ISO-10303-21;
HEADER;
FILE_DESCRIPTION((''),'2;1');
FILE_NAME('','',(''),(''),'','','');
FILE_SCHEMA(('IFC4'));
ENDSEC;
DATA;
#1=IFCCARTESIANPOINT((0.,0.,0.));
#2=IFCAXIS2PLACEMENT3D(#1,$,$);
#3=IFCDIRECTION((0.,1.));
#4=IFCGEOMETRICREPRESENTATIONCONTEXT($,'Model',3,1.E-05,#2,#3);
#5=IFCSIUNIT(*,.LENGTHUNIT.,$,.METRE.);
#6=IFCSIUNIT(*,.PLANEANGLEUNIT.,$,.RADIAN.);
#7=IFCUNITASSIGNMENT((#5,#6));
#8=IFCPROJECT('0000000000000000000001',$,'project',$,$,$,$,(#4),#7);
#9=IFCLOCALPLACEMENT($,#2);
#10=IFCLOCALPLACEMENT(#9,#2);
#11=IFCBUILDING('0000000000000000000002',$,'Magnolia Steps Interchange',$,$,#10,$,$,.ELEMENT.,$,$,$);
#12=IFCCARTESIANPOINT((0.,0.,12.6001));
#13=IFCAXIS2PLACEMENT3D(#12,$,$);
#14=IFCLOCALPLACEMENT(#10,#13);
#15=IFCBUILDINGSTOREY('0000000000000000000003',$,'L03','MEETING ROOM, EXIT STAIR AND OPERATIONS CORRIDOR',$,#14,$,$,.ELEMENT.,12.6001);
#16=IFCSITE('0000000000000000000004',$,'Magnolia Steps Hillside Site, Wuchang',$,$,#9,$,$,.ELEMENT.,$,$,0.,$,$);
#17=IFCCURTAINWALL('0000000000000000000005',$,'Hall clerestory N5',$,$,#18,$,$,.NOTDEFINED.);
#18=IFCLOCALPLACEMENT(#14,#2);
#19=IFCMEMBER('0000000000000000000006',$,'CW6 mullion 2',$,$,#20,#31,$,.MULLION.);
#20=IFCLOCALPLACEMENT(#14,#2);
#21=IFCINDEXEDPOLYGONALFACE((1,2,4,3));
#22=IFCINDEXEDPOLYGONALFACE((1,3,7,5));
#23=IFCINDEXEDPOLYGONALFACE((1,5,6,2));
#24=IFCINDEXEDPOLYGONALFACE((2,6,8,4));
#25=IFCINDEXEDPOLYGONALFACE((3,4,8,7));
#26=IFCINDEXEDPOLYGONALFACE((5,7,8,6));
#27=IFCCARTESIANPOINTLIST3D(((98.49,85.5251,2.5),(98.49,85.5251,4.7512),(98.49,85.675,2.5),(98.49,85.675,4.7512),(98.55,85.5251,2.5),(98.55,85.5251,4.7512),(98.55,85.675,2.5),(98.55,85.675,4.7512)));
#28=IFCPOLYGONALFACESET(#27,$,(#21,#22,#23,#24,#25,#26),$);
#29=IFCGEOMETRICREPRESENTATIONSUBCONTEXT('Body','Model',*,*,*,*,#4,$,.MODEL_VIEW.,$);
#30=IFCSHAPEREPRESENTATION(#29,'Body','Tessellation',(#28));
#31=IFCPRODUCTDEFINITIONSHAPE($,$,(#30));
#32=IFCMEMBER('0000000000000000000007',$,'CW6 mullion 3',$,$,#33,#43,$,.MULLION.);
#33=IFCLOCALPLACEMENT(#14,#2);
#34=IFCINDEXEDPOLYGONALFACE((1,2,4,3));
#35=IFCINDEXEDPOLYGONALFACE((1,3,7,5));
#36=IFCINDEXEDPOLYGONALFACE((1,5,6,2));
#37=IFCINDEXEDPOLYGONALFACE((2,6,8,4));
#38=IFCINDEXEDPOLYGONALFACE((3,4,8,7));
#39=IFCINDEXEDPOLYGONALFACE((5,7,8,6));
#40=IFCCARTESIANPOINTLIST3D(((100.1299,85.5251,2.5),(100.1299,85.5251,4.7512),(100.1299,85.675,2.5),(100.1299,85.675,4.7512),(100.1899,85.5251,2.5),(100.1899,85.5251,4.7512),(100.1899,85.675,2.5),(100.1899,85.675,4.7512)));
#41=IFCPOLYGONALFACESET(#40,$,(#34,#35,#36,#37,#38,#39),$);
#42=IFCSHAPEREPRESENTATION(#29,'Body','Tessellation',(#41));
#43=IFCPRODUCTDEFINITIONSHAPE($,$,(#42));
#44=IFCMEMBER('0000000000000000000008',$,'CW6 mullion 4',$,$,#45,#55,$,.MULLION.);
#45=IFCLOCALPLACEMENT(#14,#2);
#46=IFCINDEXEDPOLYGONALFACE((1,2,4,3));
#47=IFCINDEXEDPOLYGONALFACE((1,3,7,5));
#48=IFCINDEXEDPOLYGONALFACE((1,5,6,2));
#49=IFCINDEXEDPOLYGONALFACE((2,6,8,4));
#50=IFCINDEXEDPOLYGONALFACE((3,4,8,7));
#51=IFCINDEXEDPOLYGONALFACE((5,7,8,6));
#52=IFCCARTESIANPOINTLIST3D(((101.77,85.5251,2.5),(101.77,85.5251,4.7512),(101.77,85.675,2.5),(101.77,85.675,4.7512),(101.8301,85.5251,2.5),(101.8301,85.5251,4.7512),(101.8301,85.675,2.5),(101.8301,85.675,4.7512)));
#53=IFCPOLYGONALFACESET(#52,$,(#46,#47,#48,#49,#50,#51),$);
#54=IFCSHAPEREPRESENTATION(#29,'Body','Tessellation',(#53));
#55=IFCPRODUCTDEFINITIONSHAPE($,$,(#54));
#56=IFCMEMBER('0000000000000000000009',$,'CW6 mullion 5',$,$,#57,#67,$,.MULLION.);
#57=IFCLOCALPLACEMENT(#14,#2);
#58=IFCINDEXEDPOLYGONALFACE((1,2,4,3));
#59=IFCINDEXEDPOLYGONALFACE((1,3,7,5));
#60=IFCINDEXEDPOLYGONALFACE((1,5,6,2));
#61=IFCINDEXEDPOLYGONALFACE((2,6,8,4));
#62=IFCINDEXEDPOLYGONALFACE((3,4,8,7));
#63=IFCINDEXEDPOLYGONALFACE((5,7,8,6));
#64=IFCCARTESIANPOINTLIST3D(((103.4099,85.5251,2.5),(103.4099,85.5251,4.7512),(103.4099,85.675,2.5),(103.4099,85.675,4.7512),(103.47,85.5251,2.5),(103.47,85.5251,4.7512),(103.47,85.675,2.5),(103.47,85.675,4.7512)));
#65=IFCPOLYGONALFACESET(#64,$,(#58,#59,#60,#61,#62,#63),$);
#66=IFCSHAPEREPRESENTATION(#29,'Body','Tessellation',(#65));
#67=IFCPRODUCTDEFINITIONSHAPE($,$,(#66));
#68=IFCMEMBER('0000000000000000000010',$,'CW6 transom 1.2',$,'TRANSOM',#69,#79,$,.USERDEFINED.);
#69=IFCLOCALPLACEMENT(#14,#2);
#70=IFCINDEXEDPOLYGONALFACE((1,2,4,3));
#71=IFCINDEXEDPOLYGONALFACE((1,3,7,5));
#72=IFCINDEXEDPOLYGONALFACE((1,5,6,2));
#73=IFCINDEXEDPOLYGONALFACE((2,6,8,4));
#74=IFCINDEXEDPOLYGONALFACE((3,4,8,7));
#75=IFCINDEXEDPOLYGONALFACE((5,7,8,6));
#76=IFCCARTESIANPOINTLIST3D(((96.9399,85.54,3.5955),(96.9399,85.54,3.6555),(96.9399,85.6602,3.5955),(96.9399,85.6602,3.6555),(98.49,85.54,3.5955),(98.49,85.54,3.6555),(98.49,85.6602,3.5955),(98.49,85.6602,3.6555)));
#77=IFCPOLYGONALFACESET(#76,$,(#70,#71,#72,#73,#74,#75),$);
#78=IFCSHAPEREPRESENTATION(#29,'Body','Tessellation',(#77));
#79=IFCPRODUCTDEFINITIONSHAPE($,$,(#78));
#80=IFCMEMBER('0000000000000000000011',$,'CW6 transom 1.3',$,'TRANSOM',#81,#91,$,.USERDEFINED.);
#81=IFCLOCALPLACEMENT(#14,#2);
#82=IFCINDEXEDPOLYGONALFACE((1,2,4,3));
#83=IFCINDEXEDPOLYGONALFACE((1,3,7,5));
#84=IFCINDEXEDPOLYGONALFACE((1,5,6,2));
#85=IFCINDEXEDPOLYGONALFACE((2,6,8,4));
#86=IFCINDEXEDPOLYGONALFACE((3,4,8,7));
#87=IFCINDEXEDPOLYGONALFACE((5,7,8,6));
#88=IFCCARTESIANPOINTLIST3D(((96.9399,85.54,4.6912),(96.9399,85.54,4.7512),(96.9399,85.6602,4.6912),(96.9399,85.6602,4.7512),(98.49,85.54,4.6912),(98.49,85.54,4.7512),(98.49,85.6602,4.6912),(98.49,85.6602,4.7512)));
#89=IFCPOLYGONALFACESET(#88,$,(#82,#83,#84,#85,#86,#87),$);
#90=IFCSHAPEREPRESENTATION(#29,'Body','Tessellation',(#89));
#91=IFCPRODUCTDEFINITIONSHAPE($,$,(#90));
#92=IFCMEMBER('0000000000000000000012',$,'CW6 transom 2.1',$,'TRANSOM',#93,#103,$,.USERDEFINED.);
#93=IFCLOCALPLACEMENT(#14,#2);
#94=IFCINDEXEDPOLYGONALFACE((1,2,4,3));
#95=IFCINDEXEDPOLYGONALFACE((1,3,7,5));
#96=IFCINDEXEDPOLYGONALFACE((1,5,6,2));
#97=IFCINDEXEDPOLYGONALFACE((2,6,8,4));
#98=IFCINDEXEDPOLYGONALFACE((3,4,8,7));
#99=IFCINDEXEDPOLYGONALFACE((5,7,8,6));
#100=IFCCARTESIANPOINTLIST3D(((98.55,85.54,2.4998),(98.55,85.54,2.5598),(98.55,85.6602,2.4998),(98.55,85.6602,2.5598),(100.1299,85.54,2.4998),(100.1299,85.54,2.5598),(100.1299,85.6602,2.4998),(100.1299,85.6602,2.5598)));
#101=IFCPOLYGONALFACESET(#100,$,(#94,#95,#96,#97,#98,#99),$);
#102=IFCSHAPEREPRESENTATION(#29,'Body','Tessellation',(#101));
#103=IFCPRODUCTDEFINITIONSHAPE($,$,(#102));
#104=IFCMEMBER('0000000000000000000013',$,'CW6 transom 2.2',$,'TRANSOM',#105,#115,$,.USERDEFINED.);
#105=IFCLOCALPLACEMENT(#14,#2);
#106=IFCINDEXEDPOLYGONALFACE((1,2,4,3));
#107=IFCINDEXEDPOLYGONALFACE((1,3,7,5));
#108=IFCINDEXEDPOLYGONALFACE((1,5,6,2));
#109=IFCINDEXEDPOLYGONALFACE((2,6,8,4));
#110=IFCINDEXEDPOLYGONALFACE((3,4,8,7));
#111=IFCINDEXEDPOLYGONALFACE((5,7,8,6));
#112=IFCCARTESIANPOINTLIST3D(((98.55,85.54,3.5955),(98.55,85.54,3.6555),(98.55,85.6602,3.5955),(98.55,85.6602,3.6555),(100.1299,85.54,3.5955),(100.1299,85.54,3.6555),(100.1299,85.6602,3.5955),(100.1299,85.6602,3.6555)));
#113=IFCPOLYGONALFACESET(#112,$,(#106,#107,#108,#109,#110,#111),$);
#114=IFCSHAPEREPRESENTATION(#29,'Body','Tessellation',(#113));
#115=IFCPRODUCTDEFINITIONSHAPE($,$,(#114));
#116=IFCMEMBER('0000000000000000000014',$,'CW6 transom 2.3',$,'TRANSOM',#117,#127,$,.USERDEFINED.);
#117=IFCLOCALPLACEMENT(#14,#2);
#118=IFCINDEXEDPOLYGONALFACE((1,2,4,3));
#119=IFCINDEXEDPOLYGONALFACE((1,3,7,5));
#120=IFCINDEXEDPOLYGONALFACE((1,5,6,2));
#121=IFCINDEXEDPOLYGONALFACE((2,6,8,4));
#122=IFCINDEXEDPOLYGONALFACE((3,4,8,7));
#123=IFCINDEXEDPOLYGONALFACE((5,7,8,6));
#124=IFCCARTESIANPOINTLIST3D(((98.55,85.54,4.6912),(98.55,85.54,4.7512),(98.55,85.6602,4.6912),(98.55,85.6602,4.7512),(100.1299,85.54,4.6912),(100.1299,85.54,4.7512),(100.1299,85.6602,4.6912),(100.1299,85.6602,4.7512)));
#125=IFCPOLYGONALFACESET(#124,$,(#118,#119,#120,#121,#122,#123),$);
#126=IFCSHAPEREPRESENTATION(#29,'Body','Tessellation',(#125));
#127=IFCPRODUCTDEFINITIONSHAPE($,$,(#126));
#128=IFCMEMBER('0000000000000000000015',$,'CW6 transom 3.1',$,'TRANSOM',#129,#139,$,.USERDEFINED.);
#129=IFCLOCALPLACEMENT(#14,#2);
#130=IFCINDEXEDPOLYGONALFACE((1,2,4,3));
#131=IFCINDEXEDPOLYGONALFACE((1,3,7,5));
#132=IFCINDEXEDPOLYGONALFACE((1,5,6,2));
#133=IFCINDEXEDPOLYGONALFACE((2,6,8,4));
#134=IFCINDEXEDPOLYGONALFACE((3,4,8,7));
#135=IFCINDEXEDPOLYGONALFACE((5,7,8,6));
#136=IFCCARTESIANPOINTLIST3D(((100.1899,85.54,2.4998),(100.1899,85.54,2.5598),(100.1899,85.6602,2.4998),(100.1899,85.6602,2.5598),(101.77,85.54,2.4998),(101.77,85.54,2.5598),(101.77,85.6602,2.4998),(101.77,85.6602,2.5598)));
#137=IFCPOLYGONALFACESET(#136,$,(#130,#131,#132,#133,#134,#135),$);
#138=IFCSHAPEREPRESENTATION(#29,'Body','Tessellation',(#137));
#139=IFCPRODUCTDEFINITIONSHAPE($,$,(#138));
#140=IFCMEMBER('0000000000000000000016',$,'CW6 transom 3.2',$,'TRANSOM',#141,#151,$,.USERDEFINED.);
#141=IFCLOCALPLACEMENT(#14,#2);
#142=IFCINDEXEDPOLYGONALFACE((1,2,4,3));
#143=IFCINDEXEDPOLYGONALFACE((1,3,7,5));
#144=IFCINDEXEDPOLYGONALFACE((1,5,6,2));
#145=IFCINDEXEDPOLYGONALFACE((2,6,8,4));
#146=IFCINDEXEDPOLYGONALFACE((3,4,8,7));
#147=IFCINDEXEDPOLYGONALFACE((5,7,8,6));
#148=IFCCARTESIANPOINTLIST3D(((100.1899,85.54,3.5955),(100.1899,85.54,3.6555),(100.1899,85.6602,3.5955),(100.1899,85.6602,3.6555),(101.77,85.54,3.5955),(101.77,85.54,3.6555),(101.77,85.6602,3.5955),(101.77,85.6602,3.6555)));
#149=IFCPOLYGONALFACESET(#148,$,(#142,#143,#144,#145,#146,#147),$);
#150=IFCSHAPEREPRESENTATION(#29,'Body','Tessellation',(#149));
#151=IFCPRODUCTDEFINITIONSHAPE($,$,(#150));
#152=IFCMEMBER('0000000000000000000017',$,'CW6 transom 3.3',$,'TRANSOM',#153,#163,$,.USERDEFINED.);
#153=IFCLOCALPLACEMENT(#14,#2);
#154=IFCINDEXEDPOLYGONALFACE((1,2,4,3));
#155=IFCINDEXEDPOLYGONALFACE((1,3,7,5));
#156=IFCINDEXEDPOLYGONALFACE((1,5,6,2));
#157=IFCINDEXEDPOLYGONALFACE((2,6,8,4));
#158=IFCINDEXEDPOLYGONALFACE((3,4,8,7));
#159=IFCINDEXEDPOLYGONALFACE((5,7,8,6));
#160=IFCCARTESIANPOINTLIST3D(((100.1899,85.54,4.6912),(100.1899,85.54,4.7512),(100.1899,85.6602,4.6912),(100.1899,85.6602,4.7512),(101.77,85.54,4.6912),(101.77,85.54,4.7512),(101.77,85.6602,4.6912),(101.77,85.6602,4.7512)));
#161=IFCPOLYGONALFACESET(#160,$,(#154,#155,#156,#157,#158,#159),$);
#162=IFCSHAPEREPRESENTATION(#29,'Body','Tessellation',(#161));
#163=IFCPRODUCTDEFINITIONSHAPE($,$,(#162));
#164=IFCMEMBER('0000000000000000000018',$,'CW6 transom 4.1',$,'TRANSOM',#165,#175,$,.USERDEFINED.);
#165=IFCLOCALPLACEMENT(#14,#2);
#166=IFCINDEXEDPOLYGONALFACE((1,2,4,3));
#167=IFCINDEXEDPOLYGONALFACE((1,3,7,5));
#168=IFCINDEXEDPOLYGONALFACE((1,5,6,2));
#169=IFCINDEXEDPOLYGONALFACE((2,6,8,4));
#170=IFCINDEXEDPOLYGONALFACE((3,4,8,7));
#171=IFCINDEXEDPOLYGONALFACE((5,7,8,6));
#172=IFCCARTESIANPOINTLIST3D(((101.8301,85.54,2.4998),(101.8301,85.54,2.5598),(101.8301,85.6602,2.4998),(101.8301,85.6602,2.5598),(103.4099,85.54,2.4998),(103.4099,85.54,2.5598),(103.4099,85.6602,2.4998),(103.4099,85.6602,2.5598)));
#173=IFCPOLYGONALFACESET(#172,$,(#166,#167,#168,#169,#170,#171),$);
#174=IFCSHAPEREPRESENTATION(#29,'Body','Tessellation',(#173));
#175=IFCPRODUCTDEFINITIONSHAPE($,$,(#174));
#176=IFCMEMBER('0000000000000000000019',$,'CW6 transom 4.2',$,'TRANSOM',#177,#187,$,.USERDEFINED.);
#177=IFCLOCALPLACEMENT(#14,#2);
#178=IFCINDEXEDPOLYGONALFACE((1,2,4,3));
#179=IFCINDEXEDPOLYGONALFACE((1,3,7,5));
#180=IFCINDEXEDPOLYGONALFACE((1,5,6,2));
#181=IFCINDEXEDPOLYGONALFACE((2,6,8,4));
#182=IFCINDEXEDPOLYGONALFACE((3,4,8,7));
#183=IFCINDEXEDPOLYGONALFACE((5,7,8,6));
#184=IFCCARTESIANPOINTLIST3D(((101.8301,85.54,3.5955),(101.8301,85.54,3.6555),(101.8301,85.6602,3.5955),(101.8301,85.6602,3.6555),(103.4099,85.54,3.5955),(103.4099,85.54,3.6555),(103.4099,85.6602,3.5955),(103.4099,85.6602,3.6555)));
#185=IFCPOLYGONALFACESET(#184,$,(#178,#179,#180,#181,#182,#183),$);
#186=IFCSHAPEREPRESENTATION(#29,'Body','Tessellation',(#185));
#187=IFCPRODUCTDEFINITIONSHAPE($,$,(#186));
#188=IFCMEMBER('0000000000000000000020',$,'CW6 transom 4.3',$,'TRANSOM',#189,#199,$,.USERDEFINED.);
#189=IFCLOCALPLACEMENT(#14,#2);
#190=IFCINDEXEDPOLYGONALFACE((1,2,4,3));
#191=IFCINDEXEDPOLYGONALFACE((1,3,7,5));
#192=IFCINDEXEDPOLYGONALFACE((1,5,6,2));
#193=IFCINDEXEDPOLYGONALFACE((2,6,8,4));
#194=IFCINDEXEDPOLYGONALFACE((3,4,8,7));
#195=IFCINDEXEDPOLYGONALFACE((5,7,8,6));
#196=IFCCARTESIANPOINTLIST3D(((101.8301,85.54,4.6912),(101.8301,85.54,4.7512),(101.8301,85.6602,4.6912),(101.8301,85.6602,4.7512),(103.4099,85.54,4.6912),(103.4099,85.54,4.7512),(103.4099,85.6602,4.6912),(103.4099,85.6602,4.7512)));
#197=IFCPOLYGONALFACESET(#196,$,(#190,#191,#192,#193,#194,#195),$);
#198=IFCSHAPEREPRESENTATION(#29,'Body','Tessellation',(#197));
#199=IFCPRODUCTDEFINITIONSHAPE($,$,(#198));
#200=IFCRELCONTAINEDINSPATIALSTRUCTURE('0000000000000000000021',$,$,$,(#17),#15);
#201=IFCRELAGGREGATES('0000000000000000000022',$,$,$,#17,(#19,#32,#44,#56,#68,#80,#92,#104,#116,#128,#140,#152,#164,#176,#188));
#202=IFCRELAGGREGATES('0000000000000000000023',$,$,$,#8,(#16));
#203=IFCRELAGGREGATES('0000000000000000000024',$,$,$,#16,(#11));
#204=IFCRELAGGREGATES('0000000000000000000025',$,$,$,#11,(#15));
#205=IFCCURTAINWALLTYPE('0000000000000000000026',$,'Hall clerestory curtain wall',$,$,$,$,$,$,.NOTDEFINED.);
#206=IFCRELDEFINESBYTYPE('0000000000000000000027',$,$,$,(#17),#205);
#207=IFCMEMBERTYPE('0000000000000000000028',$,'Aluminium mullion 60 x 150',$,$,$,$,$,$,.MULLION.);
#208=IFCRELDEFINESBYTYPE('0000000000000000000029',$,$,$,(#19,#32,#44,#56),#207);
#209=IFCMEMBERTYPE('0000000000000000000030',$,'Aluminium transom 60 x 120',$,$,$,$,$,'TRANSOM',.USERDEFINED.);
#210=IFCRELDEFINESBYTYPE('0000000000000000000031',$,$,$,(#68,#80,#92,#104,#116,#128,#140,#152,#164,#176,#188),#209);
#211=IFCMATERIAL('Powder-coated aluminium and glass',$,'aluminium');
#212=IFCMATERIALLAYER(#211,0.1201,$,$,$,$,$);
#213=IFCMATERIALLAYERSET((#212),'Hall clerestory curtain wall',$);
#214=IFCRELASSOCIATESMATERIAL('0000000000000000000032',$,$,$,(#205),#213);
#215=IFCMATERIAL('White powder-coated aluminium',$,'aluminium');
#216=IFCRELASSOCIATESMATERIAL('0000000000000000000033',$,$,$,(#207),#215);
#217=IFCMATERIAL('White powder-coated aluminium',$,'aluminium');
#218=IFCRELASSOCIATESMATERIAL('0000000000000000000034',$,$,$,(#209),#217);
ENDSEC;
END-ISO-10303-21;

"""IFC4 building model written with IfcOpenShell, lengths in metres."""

from ifc_helpers import new_model, si_unit, direction, frame, origin, origin_2d, place, context, subcontext, project, spatial, rectangle, extrude, material, layer, layer_set, material_profile, profile_set, type_object, element, aggregate, save


model = new_model("IFC4")

# Units and contexts
model_context = context("Model", 3, precision=1e-05, world=origin(), true_north=direction((0.0, 1.0)))
body_context = subcontext(model_context, "Body", "Model", "MODEL_VIEW")
ifc_project = project(units=[si_unit("LENGTHUNIT", "METRE"), si_unit("PLANEANGLEUNIT", "RADIAN")], contexts=[model_context])

# Site, building, storey
site_placement = place(None, origin())
site = spatial("IfcSite", under=ifc_project, at=site_placement, Name="Magnolia Steps Hillside Site, Wuchang", CompositionType="ELEMENT", RefElevation=0.0)
building_placement = place(site_placement, origin())
building = spatial("IfcBuilding", under=site, at=building_placement, Name="Magnolia Steps Interchange", CompositionType="ELEMENT")
storey_placement = place(building_placement, frame((0.0, 0.0, 12.6001)))
storey = spatial("IfcBuildingStorey", under=building, at=storey_placement, Name="L03", Description="MEETING ROOM, EXIT STAIR AND OPERATIONS CORRIDOR", CompositionType="ELEMENT", Elevation=12.6001)

# Curtain wall, members
ifc_material_1 = material(Name="Powder-coated aluminium and glass", Category="aluminium")
ifc_layer_1 = layer(ifc_material_1, 0.1201)
ifc_layer_set_1 = layer_set([ifc_layer_1], Name="Hall clerestory curtain wall")
curtain_wall_type = type_object("IfcCurtainWallType", Name="Hall clerestory curtain wall", PredefinedType="NOTDEFINED", material=ifc_layer_set_1)
curtain_wall_placement = place(storey_placement, origin())
curtain_wall = element("IfcCurtainWall", 1, at=curtain_wall_placement, inside=storey, type_object=curtain_wall_type, Name="Hall clerestory N5", PredefinedType="NOTDEFINED")
ifc_material_2 = material(Name="White powder-coated aluminium", Category="aluminium")
ifc_material_profile_1 = material_profile(ifc_material_2, rectangle(XDim=0.0601, YDim=0.1499, at=origin_2d()), Name="Aluminium mullion 60 x 150")
ifc_profile_set_1 = profile_set([ifc_material_profile_1], Name="White powder-coated aluminium")
member_type_1 = type_object("IfcMemberType", Name="Aluminium mullion 60 x 150", PredefinedType="MULLION", material=ifc_profile_set_1)
member_1_placement = place(storey_placement, frame((98.52, 85.6001, 2.5), z_axis=(0.0, 0.0, 1.0), x_axis=(1.0, 0.0, 0.0)))
member_1 = element("IfcMember", 2, at=member_1_placement, type_object=member_type_1, Name="CW6 mullion 2", PredefinedType="MULLION", context=body_context, shape_type="SweptSolid", body=[
    extrude(rectangle(XDim=0.0601, YDim=0.1499, at=origin_2d()), origin(), (0.0, 0.0, 1.0), 2.2512),
])
member_2_placement = place(storey_placement, frame((100.1599, 85.6001, 2.5), z_axis=(0.0, 0.0, 1.0), x_axis=(1.0, 0.0, 0.0)))
member_2 = element("IfcMember", 3, at=member_2_placement, type_object=member_type_1, Name="CW6 mullion 3", PredefinedType="MULLION", context=body_context, shape_type="SweptSolid", body=[
    extrude(rectangle(XDim=0.0601, YDim=0.1499, at=origin_2d()), origin(), (0.0, 0.0, 1.0), 2.2512),
])
member_3_placement = place(storey_placement, frame((101.8, 85.6001, 2.5), z_axis=(0.0, 0.0, 1.0), x_axis=(1.0, 0.0, 0.0)))
member_3 = element("IfcMember", 4, at=member_3_placement, type_object=member_type_1, Name="CW6 mullion 4", PredefinedType="MULLION", context=body_context, shape_type="SweptSolid", body=[
    extrude(rectangle(XDim=0.0601, YDim=0.1499, at=origin_2d()), origin(), (0.0, 0.0, 1.0), 2.2512),
])
member_4_placement = place(storey_placement, frame((103.4399, 85.6001, 2.5), z_axis=(0.0, 0.0, 1.0), x_axis=(1.0, 0.0, 0.0)))
member_4 = element("IfcMember", 5, at=member_4_placement, type_object=member_type_1, Name="CW6 mullion 5", PredefinedType="MULLION", context=body_context, shape_type="SweptSolid", body=[
    extrude(rectangle(XDim=0.0601, YDim=0.1499, at=origin_2d()), origin(), (0.0, 0.0, 1.0), 2.2512),
])
ifc_material_3 = material(Name="White powder-coated aluminium", Category="aluminium")
ifc_material_profile_2 = material_profile(ifc_material_3, rectangle(XDim=0.0601, YDim=0.1201, at=origin_2d()), Name="Aluminium transom 60 x 120")
ifc_profile_set_2 = profile_set([ifc_material_profile_2], Name="White powder-coated aluminium")
member_type_2 = type_object("IfcMemberType", Name="Aluminium transom 60 x 120", ElementType="TRANSOM", PredefinedType="USERDEFINED", material=ifc_profile_set_2)
member_5_placement = place(storey_placement, frame((96.9399, 85.6001, 3.6255), z_axis=(1.0, 0.0, 0.0), x_axis=(0.0, 0.0, 1.0)))
member_5 = element("IfcMember", 6, at=member_5_placement, type_object=member_type_2, Name="CW6 transom 1.2", ObjectType="TRANSOM", PredefinedType="USERDEFINED", context=body_context, shape_type="SweptSolid", body=[
    extrude(rectangle(XDim=0.0601, YDim=0.1201, at=origin_2d()), origin(), (0.0, 0.0, 1.0), 1.55),
])
member_6_placement = place(storey_placement, frame((96.9399, 85.6001, 4.7212), z_axis=(1.0, 0.0, 0.0), x_axis=(0.0, 0.0, 1.0)))
member_6 = element("IfcMember", 7, at=member_6_placement, type_object=member_type_2, Name="CW6 transom 1.3", ObjectType="TRANSOM", PredefinedType="USERDEFINED", context=body_context, shape_type="SweptSolid", body=[
    extrude(rectangle(XDim=0.0601, YDim=0.1201, at=origin_2d()), origin(), (0.0, 0.0, 1.0), 1.55),
])
member_7_placement = place(storey_placement, frame((98.55, 85.6001, 2.5298), z_axis=(1.0, 0.0, 0.0), x_axis=(0.0, 0.0, 1.0)))
member_7 = element("IfcMember", 8, at=member_7_placement, type_object=member_type_2, Name="CW6 transom 2.1", ObjectType="TRANSOM", PredefinedType="USERDEFINED", context=body_context, shape_type="SweptSolid", body=[
    extrude(rectangle(XDim=0.0601, YDim=0.1201, at=origin_2d()), origin(), (0.0, 0.0, 1.0), 1.5798),
])
member_8_placement = place(storey_placement, frame((98.55, 85.6001, 3.6255), z_axis=(1.0, 0.0, 0.0), x_axis=(0.0, 0.0, 1.0)))
member_8 = element("IfcMember", 9, at=member_8_placement, type_object=member_type_2, Name="CW6 transom 2.2", ObjectType="TRANSOM", PredefinedType="USERDEFINED", context=body_context, shape_type="SweptSolid", body=[
    extrude(rectangle(XDim=0.0601, YDim=0.1201, at=origin_2d()), origin(), (0.0, 0.0, 1.0), 1.5798),
])
member_9_placement = place(storey_placement, frame((98.55, 85.6001, 4.7212), z_axis=(1.0, 0.0, 0.0), x_axis=(0.0, 0.0, 1.0)))
member_9 = element("IfcMember", 10, at=member_9_placement, type_object=member_type_2, Name="CW6 transom 2.3", ObjectType="TRANSOM", PredefinedType="USERDEFINED", context=body_context, shape_type="SweptSolid", body=[
    extrude(rectangle(XDim=0.0601, YDim=0.1201, at=origin_2d()), origin(), (0.0, 0.0, 1.0), 1.5798),
])
member_10_placement = place(storey_placement, frame((100.1899, 85.6001, 2.5298), z_axis=(1.0, 0.0, 0.0), x_axis=(0.0, 0.0, 1.0)))
member_10 = element("IfcMember", 11, at=member_10_placement, type_object=member_type_2, Name="CW6 transom 3.1", ObjectType="TRANSOM", PredefinedType="USERDEFINED", context=body_context, shape_type="SweptSolid", body=[
    extrude(rectangle(XDim=0.0601, YDim=0.1201, at=origin_2d()), origin(), (0.0, 0.0, 1.0), 1.5801),
])
member_11_placement = place(storey_placement, frame((100.1899, 85.6001, 3.6255), z_axis=(1.0, 0.0, 0.0), x_axis=(0.0, 0.0, 1.0)))
member_11 = element("IfcMember", 12, at=member_11_placement, type_object=member_type_2, Name="CW6 transom 3.2", ObjectType="TRANSOM", PredefinedType="USERDEFINED", context=body_context, shape_type="SweptSolid", body=[
    extrude(rectangle(XDim=0.0601, YDim=0.1201, at=origin_2d()), origin(), (0.0, 0.0, 1.0), 1.5801),
])
member_12_placement = place(storey_placement, frame((100.1899, 85.6001, 4.7212), z_axis=(1.0, 0.0, 0.0), x_axis=(0.0, 0.0, 1.0)))
member_12 = element("IfcMember", 13, at=member_12_placement, type_object=member_type_2, Name="CW6 transom 3.3", ObjectType="TRANSOM", PredefinedType="USERDEFINED", context=body_context, shape_type="SweptSolid", body=[
    extrude(rectangle(XDim=0.0601, YDim=0.1201, at=origin_2d()), origin(), (0.0, 0.0, 1.0), 1.5801),
])
member_13_placement = place(storey_placement, frame((101.8301, 85.6001, 2.5298), z_axis=(1.0, 0.0, 0.0), x_axis=(0.0, 0.0, 1.0)))
member_13 = element("IfcMember", 14, at=member_13_placement, type_object=member_type_2, Name="CW6 transom 4.1", ObjectType="TRANSOM", PredefinedType="USERDEFINED", context=body_context, shape_type="SweptSolid", body=[
    extrude(rectangle(XDim=0.0601, YDim=0.1201, at=origin_2d()), origin(), (0.0, 0.0, 1.0), 1.5798),
])
member_14_placement = place(storey_placement, frame((101.8301, 85.6001, 3.6255), z_axis=(1.0, 0.0, 0.0), x_axis=(0.0, 0.0, 1.0)))
member_14 = element("IfcMember", 15, at=member_14_placement, type_object=member_type_2, Name="CW6 transom 4.2", ObjectType="TRANSOM", PredefinedType="USERDEFINED", context=body_context, shape_type="SweptSolid", body=[
    extrude(rectangle(XDim=0.0601, YDim=0.1201, at=origin_2d()), origin(), (0.0, 0.0, 1.0), 1.5798),
])
member_15_placement = place(storey_placement, frame((101.8301, 85.6001, 4.7212), z_axis=(1.0, 0.0, 0.0), x_axis=(0.0, 0.0, 1.0)))
member_15 = element("IfcMember", 16, at=member_15_placement, type_object=member_type_2, Name="CW6 transom 4.3", ObjectType="TRANSOM", PredefinedType="USERDEFINED", context=body_context, shape_type="SweptSolid", body=[
    extrude(rectangle(XDim=0.0601, YDim=0.1201, at=origin_2d()), origin(), (0.0, 0.0, 1.0), 1.5798),
])

aggregate(curtain_wall, [member_1, member_2, member_3, member_4, member_5, member_6, member_7, member_8, member_9, member_10, member_11, member_12, member_13, member_14, member_15])

save(model, "model.ifc")
